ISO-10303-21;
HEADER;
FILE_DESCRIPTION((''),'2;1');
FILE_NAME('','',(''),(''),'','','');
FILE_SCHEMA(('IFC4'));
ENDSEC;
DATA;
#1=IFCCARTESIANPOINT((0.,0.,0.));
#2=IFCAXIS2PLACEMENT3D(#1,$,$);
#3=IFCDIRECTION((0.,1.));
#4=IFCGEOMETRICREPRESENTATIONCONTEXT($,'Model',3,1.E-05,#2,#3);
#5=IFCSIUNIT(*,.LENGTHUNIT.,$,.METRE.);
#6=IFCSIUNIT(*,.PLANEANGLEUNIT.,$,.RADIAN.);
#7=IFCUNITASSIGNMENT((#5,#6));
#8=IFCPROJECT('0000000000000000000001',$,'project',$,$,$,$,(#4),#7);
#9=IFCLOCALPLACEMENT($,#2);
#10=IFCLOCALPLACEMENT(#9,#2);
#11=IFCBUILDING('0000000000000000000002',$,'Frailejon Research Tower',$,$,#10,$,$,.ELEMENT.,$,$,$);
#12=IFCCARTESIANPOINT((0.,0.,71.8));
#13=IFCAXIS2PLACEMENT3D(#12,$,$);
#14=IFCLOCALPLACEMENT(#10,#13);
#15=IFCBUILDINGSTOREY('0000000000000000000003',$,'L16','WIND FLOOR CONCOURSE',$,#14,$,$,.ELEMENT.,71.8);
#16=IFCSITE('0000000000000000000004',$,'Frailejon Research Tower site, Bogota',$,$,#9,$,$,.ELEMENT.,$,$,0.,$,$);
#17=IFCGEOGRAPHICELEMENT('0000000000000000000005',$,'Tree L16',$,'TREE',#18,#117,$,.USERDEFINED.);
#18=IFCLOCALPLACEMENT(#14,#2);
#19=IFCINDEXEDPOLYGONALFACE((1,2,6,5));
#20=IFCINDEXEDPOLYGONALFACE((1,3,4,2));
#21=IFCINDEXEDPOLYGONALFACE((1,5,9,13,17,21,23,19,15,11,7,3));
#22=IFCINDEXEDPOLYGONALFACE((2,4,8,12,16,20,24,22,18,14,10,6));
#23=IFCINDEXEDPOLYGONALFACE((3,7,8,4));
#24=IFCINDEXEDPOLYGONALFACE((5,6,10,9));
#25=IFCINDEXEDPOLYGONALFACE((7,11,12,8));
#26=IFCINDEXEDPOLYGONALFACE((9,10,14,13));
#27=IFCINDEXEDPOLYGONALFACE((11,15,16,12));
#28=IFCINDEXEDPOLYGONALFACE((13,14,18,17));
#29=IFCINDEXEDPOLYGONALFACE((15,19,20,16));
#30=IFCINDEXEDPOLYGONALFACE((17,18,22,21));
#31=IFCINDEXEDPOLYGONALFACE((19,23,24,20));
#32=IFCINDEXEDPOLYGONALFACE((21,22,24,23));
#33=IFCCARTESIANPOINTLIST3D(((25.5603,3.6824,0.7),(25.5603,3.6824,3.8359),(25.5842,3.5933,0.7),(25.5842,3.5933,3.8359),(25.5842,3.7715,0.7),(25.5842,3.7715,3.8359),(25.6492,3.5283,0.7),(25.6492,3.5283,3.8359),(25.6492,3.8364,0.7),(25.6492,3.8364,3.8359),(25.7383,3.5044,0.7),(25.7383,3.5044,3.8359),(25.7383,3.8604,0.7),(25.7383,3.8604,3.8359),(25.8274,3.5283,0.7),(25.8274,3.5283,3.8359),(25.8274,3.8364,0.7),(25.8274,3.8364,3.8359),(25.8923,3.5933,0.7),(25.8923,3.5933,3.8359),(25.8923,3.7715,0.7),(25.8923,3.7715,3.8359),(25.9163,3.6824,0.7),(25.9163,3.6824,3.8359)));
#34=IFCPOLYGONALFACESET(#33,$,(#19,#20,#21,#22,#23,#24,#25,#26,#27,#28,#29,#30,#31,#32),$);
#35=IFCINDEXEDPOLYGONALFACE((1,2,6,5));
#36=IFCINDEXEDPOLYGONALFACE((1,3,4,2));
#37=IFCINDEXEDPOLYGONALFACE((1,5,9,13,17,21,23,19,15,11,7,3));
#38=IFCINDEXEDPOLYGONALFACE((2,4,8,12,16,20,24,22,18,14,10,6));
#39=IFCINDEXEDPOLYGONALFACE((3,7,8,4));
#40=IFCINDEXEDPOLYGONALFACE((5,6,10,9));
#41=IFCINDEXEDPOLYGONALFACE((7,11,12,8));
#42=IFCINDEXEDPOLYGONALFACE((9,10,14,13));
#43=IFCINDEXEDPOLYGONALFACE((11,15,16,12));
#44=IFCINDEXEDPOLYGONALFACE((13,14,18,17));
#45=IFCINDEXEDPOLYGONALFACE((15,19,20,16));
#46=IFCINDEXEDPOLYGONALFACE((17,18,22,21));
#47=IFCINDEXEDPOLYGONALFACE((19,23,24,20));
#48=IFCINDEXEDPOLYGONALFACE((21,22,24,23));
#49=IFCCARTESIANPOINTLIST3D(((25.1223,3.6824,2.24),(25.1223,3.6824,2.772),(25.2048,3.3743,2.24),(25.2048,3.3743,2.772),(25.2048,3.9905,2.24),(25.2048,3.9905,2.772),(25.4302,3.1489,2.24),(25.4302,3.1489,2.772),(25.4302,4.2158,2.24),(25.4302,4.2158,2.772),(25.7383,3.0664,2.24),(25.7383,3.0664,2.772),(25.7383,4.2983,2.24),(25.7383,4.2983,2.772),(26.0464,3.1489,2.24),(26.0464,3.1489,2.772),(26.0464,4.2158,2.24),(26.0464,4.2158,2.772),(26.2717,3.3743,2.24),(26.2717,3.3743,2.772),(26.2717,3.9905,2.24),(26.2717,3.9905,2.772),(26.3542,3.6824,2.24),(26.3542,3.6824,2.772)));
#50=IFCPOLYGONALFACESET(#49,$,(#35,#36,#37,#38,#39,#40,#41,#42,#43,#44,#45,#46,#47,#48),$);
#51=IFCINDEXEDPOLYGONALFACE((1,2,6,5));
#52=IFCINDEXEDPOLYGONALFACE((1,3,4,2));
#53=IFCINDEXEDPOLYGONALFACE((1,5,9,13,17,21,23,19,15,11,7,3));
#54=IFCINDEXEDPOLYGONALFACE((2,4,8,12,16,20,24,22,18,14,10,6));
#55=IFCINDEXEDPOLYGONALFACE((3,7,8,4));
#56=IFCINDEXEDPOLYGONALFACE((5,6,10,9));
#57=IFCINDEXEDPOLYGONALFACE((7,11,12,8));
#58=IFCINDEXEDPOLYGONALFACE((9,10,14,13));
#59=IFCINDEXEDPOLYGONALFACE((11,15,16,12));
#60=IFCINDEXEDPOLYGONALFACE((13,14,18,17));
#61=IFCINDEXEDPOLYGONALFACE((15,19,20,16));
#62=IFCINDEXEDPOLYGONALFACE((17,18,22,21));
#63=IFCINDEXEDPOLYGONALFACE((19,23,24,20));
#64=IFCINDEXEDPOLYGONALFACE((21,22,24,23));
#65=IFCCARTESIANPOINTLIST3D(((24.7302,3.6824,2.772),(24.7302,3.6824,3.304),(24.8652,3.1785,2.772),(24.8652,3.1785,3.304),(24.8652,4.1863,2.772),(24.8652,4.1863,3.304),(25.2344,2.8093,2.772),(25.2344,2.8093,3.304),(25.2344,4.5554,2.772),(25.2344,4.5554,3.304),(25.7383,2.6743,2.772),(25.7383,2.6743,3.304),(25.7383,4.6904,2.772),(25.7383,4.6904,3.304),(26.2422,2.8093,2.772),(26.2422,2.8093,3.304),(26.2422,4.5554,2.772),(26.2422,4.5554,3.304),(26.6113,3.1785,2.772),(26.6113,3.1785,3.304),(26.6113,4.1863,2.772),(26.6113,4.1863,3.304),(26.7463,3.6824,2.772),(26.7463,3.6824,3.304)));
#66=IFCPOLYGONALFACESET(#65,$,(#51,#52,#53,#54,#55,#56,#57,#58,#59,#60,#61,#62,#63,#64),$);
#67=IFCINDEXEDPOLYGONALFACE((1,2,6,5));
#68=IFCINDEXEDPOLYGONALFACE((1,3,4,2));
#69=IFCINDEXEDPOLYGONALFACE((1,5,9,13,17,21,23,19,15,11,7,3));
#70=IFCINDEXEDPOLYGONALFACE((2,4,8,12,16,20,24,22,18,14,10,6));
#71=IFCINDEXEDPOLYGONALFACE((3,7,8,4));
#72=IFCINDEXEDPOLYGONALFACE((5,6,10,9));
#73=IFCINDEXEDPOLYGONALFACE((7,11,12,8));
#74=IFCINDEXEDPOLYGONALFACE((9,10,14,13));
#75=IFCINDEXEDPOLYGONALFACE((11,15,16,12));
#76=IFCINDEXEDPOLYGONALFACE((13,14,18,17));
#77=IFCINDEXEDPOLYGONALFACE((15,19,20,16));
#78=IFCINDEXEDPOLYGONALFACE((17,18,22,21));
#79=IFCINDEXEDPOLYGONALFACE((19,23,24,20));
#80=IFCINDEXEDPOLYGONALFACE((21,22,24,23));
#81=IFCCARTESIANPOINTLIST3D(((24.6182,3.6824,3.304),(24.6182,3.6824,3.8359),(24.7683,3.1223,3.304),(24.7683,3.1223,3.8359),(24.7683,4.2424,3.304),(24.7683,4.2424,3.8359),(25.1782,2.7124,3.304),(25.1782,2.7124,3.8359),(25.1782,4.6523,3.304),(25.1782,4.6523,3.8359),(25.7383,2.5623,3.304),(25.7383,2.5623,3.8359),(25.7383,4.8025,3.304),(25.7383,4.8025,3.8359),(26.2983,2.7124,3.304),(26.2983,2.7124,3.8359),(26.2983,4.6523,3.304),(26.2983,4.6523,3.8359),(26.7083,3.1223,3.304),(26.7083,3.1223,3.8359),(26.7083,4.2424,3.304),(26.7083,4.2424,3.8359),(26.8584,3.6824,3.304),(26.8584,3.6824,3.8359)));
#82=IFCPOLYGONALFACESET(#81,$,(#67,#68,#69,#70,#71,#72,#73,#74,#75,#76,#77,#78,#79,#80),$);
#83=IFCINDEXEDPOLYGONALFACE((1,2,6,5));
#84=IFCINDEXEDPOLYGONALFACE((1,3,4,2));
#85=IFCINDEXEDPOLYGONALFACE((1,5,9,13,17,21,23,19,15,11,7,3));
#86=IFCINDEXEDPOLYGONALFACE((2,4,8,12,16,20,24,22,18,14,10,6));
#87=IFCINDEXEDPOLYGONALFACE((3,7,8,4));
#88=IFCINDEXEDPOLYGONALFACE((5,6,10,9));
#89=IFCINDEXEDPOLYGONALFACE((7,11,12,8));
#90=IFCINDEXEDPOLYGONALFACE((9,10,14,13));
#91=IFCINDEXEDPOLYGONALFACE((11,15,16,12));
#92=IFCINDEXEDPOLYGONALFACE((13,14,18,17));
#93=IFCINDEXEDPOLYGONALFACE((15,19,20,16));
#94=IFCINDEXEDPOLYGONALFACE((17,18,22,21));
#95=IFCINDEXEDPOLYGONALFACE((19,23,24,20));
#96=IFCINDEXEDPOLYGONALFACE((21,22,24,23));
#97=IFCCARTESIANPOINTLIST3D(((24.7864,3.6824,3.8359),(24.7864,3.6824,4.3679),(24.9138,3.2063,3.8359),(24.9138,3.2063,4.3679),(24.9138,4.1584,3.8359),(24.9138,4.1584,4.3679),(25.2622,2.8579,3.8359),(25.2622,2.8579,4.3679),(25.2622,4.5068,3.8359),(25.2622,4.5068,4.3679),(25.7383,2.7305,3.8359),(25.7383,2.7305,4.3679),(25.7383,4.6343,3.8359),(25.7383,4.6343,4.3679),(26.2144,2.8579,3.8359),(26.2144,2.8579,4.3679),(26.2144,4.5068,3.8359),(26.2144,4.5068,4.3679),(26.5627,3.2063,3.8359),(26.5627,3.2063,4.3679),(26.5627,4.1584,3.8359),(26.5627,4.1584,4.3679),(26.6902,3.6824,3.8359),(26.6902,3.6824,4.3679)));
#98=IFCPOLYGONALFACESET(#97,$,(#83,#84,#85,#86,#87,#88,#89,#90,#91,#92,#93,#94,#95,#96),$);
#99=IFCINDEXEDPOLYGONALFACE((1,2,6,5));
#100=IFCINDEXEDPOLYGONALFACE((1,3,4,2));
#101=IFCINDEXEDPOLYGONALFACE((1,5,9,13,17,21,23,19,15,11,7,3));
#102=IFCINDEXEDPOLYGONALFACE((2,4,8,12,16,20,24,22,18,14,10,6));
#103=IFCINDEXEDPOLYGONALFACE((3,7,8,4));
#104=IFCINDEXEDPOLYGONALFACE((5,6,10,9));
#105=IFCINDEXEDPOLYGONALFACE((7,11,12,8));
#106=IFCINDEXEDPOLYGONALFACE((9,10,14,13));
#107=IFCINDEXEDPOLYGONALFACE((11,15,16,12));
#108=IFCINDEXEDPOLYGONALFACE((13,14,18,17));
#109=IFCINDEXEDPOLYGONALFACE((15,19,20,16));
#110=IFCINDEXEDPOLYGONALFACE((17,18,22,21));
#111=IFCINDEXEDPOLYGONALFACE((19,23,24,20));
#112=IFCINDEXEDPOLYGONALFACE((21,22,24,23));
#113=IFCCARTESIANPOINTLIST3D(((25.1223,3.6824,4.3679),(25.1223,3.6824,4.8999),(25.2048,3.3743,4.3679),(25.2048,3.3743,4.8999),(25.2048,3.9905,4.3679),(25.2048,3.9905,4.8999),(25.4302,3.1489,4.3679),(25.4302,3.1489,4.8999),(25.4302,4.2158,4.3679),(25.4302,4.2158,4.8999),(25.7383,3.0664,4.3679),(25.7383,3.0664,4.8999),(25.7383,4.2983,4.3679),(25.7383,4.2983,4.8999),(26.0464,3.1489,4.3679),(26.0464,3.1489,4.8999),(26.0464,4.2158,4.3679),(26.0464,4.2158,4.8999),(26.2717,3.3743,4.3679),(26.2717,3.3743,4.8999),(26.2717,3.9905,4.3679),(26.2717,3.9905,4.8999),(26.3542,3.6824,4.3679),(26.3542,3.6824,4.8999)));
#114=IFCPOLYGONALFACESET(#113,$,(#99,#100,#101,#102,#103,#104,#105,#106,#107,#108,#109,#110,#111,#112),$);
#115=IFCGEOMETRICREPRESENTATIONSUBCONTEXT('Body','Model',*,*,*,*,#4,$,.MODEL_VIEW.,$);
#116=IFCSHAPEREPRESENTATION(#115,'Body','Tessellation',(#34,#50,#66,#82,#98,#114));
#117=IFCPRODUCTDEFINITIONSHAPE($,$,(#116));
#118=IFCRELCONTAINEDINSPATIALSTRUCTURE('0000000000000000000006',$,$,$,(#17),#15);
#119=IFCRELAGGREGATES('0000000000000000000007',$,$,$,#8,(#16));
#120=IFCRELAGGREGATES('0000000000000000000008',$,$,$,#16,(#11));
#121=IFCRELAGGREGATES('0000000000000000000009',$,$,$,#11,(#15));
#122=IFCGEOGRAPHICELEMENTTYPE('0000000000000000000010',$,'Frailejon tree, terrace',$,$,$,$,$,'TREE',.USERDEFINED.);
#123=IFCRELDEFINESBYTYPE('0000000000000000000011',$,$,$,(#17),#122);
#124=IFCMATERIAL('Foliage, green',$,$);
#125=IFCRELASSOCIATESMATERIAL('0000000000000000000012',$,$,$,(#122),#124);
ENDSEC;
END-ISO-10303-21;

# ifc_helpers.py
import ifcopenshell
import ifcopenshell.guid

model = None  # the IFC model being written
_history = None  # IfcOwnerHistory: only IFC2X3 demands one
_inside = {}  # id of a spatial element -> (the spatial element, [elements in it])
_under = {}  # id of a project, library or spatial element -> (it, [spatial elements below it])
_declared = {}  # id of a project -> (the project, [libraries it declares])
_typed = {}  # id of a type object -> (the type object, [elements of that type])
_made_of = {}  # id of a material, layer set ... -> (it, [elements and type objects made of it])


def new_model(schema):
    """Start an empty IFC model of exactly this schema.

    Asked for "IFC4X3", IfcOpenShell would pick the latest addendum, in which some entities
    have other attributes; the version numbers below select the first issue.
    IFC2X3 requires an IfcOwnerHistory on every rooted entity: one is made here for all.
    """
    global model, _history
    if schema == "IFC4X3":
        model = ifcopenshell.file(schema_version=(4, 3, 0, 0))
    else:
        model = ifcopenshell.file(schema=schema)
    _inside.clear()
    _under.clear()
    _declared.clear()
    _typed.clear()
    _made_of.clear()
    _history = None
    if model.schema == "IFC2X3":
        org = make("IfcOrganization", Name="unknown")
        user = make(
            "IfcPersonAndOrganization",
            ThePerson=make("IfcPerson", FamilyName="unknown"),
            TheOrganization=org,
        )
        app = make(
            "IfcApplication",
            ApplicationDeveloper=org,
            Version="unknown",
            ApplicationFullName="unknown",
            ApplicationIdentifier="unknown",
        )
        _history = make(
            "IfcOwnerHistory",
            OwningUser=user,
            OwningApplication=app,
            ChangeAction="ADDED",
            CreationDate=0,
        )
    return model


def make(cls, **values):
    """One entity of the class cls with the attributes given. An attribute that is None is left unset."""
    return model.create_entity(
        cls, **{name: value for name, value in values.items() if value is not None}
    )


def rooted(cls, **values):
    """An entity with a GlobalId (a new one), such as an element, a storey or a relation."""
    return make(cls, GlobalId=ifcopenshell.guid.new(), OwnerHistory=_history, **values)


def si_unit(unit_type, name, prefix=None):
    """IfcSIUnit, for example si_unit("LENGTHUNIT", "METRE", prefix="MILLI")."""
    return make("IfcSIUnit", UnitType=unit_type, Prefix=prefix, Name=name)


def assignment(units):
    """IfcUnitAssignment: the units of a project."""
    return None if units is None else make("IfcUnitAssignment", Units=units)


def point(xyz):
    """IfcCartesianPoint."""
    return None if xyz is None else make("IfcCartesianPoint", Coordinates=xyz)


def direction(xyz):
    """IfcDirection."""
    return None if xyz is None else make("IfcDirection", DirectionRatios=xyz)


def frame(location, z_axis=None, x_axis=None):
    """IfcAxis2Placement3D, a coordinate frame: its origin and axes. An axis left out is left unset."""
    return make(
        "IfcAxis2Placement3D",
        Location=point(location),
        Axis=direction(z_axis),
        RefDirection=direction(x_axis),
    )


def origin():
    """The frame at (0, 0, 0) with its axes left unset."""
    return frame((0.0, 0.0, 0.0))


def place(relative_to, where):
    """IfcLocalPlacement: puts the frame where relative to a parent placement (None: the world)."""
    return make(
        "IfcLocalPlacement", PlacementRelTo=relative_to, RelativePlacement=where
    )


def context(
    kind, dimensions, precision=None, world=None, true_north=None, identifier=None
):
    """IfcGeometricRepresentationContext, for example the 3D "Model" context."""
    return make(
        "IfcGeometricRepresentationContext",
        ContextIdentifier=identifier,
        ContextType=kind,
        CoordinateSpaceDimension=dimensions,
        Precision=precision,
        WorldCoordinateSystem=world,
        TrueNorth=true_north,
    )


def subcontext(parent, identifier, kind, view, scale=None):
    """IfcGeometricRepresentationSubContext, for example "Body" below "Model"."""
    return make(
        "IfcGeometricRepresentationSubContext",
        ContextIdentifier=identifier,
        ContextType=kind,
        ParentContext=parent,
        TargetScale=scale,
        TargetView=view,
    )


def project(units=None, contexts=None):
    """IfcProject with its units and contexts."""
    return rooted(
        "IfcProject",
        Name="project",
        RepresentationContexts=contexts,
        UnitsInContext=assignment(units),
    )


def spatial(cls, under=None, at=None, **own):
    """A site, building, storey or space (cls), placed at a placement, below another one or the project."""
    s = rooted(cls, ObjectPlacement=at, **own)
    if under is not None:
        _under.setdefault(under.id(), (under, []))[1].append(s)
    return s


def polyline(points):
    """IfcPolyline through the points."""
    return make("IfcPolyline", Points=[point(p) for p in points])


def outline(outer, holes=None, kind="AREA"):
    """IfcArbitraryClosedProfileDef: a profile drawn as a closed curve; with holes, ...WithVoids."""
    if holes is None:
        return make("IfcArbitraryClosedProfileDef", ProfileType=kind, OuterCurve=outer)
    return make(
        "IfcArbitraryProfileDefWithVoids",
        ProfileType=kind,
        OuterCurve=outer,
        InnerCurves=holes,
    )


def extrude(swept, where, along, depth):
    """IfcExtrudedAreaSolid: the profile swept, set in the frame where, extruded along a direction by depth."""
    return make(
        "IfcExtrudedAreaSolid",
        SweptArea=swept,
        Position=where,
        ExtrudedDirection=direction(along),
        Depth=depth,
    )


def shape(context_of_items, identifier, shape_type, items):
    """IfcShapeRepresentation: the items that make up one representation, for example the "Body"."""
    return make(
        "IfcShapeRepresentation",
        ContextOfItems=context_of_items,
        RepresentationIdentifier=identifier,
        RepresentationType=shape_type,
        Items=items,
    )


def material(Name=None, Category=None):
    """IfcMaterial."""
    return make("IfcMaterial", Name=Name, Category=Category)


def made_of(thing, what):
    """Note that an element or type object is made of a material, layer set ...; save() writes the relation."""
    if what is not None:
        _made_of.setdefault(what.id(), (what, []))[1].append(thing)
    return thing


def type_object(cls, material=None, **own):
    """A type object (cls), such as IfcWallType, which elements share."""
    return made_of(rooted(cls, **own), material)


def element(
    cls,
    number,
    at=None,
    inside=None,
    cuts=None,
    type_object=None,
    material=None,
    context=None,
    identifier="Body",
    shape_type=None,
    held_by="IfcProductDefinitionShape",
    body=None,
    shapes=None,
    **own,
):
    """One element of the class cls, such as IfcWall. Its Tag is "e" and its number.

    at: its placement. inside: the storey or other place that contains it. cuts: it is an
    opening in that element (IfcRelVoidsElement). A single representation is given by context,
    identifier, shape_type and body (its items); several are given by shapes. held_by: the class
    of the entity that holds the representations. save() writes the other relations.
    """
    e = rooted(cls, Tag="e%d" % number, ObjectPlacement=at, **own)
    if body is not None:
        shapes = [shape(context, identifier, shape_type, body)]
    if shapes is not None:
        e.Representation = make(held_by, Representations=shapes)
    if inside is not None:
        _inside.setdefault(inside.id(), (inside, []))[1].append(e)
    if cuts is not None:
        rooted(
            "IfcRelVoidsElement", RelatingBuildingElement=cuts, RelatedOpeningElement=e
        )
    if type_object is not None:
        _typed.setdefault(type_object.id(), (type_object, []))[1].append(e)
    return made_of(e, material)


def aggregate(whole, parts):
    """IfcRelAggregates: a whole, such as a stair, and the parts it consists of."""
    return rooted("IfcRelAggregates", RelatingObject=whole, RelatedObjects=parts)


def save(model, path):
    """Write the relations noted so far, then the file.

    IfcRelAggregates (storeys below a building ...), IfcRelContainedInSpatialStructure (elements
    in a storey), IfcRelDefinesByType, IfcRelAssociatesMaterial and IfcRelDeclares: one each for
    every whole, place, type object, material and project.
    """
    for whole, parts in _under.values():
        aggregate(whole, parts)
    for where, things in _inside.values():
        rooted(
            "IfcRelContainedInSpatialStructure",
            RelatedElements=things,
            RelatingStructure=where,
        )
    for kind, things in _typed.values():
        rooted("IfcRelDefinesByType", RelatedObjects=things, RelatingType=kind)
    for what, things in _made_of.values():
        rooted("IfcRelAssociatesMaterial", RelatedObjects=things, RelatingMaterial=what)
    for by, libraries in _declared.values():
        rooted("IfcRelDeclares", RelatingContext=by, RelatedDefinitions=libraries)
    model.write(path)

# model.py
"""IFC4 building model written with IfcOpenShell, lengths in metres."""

from ifc_helpers import new_model, si_unit, direction, frame, origin, place, context, subcontext, project, spatial, polyline, outline, extrude, material, type_object, element, save


model = new_model("IFC4")

# Units and contexts
model_context = context("Model", 3, precision=1e-05, world=origin(), true_north=direction((0.0, 1.0)))
body_context = subcontext(model_context, "Body", "Model", "MODEL_VIEW")
ifc_project = project(units=[si_unit("LENGTHUNIT", "METRE"), si_unit("PLANEANGLEUNIT", "RADIAN")], contexts=[model_context])

# Site, building, storey
site_placement = place(None, origin())
site = spatial("IfcSite", under=ifc_project, at=site_placement, Name="Frailejon Research Tower site, Bogota", CompositionType="ELEMENT", RefElevation=0.0)
building_placement = place(site_placement, origin())
building = spatial("IfcBuilding", under=site, at=building_placement, Name="Frailejon Research Tower", CompositionType="ELEMENT")
storey_placement = place(building_placement, frame((0.0, 0.0, 71.8)))
storey = spatial("IfcBuildingStorey", under=building, at=storey_placement, Name="L16", Description="WIND FLOOR CONCOURSE", CompositionType="ELEMENT", Elevation=71.8)

# Geographic element
ifc_material_1 = material(Name="Foliage, green")
geographic_element_type = type_object("IfcGeographicElementType", Name="Frailejon tree, terrace", ElementType="TREE", PredefinedType="USERDEFINED", material=ifc_material_1)
geographic_element_1_placement = place(storey_placement, frame((25.7383, 3.6824, 0.7)))
element("IfcGeographicElement", 1, at=geographic_element_1_placement, inside=storey, type_object=geographic_element_type, Name="Tree L16", ObjectType="TREE", PredefinedType="USERDEFINED", context=body_context, shape_type="SweptSolid", body=[
    extrude(outline(polyline([(0.178, 0.0), (0.1541, 0.0891), (0.0891, 0.1541), (0.0, 0.178), (-0.0891, 0.1541), (-0.1541, 0.0891), (-0.178, 0.0), (-0.1541, -0.0891), (-0.0891, -0.1541), (0.0, -0.178), (0.0891, -0.1541), (0.1541, -0.0891), (0.178, 0.0)])), origin(), (0.0, 0.0, 1.0), 3.136),
    extrude(outline(polyline([(0.616, 0.0), (0.5334, 0.3081), (0.3081, 0.5334), (0.0, 0.616), (-0.3081, 0.5334), (-0.5334, 0.3081), (-0.616, 0.0), (-0.5334, -0.3081), (-0.3081, -0.5334), (0.0, -0.616), (0.3081, -0.5334), (0.5334, -0.3081), (0.616, 0.0)])), frame((0.0, 0.0, 1.54)), (0.0, 0.0, 1.0), 0.532),
    extrude(outline(polyline([(1.0081, 0.0), (0.873, 0.5039), (0.5039, 0.873), (0.0, 1.0081), (-0.5039, 0.873), (-0.873, 0.5039), (-1.0081, 0.0), (-0.873, -0.5039), (-0.5039, -0.873), (0.0, -1.0081), (0.5039, -0.873), (0.873, -0.5039), (1.0081, 0.0)])), frame((0.0, 0.0, 2.072)), (0.0, 0.0, 1.0), 0.532),
    extrude(outline(polyline([(1.1201, 0.0), (0.97, 0.5601), (0.5601, 0.97), (0.0, 1.1201), (-0.5601, 0.97), (-0.97, 0.5601), (-1.1201, 0.0), (-0.97, -0.5601), (-0.5601, -0.97), (0.0, -1.1201), (0.5601, -0.97), (0.97, -0.5601), (1.1201, 0.0)])), frame((0.0, 0.0, 2.604)), (0.0, 0.0, 1.0), 0.532),
    extrude(outline(polyline([(0.9519, 0.0), (0.8245, 0.4761), (0.4761, 0.8245), (0.0, 0.9519), (-0.4761, 0.8245), (-0.8245, 0.4761), (-0.9519, 0.0), (-0.8245, -0.4761), (-0.4761, -0.8245), (0.0, -0.9519), (0.4761, -0.8245), (0.8245, -0.4761), (0.9519, 0.0)])), frame((0.0, 0.0, 3.136)), (0.0, 0.0, 1.0), 0.532),
    extrude(outline(polyline([(0.616, 0.0), (0.5334, 0.3081), (0.3081, 0.5334), (0.0, 0.616), (-0.3081, 0.5334), (-0.5334, 0.3081), (-0.616, 0.0), (-0.5334, -0.3081), (-0.3081, -0.5334), (0.0, -0.616), (0.3081, -0.5334), (0.5334, -0.3081), (0.616, 0.0)])), frame((0.0, 0.0, 3.668)), (0.0, 0.0, 1.0), 0.532),
])

save(model, "model.ifc")
